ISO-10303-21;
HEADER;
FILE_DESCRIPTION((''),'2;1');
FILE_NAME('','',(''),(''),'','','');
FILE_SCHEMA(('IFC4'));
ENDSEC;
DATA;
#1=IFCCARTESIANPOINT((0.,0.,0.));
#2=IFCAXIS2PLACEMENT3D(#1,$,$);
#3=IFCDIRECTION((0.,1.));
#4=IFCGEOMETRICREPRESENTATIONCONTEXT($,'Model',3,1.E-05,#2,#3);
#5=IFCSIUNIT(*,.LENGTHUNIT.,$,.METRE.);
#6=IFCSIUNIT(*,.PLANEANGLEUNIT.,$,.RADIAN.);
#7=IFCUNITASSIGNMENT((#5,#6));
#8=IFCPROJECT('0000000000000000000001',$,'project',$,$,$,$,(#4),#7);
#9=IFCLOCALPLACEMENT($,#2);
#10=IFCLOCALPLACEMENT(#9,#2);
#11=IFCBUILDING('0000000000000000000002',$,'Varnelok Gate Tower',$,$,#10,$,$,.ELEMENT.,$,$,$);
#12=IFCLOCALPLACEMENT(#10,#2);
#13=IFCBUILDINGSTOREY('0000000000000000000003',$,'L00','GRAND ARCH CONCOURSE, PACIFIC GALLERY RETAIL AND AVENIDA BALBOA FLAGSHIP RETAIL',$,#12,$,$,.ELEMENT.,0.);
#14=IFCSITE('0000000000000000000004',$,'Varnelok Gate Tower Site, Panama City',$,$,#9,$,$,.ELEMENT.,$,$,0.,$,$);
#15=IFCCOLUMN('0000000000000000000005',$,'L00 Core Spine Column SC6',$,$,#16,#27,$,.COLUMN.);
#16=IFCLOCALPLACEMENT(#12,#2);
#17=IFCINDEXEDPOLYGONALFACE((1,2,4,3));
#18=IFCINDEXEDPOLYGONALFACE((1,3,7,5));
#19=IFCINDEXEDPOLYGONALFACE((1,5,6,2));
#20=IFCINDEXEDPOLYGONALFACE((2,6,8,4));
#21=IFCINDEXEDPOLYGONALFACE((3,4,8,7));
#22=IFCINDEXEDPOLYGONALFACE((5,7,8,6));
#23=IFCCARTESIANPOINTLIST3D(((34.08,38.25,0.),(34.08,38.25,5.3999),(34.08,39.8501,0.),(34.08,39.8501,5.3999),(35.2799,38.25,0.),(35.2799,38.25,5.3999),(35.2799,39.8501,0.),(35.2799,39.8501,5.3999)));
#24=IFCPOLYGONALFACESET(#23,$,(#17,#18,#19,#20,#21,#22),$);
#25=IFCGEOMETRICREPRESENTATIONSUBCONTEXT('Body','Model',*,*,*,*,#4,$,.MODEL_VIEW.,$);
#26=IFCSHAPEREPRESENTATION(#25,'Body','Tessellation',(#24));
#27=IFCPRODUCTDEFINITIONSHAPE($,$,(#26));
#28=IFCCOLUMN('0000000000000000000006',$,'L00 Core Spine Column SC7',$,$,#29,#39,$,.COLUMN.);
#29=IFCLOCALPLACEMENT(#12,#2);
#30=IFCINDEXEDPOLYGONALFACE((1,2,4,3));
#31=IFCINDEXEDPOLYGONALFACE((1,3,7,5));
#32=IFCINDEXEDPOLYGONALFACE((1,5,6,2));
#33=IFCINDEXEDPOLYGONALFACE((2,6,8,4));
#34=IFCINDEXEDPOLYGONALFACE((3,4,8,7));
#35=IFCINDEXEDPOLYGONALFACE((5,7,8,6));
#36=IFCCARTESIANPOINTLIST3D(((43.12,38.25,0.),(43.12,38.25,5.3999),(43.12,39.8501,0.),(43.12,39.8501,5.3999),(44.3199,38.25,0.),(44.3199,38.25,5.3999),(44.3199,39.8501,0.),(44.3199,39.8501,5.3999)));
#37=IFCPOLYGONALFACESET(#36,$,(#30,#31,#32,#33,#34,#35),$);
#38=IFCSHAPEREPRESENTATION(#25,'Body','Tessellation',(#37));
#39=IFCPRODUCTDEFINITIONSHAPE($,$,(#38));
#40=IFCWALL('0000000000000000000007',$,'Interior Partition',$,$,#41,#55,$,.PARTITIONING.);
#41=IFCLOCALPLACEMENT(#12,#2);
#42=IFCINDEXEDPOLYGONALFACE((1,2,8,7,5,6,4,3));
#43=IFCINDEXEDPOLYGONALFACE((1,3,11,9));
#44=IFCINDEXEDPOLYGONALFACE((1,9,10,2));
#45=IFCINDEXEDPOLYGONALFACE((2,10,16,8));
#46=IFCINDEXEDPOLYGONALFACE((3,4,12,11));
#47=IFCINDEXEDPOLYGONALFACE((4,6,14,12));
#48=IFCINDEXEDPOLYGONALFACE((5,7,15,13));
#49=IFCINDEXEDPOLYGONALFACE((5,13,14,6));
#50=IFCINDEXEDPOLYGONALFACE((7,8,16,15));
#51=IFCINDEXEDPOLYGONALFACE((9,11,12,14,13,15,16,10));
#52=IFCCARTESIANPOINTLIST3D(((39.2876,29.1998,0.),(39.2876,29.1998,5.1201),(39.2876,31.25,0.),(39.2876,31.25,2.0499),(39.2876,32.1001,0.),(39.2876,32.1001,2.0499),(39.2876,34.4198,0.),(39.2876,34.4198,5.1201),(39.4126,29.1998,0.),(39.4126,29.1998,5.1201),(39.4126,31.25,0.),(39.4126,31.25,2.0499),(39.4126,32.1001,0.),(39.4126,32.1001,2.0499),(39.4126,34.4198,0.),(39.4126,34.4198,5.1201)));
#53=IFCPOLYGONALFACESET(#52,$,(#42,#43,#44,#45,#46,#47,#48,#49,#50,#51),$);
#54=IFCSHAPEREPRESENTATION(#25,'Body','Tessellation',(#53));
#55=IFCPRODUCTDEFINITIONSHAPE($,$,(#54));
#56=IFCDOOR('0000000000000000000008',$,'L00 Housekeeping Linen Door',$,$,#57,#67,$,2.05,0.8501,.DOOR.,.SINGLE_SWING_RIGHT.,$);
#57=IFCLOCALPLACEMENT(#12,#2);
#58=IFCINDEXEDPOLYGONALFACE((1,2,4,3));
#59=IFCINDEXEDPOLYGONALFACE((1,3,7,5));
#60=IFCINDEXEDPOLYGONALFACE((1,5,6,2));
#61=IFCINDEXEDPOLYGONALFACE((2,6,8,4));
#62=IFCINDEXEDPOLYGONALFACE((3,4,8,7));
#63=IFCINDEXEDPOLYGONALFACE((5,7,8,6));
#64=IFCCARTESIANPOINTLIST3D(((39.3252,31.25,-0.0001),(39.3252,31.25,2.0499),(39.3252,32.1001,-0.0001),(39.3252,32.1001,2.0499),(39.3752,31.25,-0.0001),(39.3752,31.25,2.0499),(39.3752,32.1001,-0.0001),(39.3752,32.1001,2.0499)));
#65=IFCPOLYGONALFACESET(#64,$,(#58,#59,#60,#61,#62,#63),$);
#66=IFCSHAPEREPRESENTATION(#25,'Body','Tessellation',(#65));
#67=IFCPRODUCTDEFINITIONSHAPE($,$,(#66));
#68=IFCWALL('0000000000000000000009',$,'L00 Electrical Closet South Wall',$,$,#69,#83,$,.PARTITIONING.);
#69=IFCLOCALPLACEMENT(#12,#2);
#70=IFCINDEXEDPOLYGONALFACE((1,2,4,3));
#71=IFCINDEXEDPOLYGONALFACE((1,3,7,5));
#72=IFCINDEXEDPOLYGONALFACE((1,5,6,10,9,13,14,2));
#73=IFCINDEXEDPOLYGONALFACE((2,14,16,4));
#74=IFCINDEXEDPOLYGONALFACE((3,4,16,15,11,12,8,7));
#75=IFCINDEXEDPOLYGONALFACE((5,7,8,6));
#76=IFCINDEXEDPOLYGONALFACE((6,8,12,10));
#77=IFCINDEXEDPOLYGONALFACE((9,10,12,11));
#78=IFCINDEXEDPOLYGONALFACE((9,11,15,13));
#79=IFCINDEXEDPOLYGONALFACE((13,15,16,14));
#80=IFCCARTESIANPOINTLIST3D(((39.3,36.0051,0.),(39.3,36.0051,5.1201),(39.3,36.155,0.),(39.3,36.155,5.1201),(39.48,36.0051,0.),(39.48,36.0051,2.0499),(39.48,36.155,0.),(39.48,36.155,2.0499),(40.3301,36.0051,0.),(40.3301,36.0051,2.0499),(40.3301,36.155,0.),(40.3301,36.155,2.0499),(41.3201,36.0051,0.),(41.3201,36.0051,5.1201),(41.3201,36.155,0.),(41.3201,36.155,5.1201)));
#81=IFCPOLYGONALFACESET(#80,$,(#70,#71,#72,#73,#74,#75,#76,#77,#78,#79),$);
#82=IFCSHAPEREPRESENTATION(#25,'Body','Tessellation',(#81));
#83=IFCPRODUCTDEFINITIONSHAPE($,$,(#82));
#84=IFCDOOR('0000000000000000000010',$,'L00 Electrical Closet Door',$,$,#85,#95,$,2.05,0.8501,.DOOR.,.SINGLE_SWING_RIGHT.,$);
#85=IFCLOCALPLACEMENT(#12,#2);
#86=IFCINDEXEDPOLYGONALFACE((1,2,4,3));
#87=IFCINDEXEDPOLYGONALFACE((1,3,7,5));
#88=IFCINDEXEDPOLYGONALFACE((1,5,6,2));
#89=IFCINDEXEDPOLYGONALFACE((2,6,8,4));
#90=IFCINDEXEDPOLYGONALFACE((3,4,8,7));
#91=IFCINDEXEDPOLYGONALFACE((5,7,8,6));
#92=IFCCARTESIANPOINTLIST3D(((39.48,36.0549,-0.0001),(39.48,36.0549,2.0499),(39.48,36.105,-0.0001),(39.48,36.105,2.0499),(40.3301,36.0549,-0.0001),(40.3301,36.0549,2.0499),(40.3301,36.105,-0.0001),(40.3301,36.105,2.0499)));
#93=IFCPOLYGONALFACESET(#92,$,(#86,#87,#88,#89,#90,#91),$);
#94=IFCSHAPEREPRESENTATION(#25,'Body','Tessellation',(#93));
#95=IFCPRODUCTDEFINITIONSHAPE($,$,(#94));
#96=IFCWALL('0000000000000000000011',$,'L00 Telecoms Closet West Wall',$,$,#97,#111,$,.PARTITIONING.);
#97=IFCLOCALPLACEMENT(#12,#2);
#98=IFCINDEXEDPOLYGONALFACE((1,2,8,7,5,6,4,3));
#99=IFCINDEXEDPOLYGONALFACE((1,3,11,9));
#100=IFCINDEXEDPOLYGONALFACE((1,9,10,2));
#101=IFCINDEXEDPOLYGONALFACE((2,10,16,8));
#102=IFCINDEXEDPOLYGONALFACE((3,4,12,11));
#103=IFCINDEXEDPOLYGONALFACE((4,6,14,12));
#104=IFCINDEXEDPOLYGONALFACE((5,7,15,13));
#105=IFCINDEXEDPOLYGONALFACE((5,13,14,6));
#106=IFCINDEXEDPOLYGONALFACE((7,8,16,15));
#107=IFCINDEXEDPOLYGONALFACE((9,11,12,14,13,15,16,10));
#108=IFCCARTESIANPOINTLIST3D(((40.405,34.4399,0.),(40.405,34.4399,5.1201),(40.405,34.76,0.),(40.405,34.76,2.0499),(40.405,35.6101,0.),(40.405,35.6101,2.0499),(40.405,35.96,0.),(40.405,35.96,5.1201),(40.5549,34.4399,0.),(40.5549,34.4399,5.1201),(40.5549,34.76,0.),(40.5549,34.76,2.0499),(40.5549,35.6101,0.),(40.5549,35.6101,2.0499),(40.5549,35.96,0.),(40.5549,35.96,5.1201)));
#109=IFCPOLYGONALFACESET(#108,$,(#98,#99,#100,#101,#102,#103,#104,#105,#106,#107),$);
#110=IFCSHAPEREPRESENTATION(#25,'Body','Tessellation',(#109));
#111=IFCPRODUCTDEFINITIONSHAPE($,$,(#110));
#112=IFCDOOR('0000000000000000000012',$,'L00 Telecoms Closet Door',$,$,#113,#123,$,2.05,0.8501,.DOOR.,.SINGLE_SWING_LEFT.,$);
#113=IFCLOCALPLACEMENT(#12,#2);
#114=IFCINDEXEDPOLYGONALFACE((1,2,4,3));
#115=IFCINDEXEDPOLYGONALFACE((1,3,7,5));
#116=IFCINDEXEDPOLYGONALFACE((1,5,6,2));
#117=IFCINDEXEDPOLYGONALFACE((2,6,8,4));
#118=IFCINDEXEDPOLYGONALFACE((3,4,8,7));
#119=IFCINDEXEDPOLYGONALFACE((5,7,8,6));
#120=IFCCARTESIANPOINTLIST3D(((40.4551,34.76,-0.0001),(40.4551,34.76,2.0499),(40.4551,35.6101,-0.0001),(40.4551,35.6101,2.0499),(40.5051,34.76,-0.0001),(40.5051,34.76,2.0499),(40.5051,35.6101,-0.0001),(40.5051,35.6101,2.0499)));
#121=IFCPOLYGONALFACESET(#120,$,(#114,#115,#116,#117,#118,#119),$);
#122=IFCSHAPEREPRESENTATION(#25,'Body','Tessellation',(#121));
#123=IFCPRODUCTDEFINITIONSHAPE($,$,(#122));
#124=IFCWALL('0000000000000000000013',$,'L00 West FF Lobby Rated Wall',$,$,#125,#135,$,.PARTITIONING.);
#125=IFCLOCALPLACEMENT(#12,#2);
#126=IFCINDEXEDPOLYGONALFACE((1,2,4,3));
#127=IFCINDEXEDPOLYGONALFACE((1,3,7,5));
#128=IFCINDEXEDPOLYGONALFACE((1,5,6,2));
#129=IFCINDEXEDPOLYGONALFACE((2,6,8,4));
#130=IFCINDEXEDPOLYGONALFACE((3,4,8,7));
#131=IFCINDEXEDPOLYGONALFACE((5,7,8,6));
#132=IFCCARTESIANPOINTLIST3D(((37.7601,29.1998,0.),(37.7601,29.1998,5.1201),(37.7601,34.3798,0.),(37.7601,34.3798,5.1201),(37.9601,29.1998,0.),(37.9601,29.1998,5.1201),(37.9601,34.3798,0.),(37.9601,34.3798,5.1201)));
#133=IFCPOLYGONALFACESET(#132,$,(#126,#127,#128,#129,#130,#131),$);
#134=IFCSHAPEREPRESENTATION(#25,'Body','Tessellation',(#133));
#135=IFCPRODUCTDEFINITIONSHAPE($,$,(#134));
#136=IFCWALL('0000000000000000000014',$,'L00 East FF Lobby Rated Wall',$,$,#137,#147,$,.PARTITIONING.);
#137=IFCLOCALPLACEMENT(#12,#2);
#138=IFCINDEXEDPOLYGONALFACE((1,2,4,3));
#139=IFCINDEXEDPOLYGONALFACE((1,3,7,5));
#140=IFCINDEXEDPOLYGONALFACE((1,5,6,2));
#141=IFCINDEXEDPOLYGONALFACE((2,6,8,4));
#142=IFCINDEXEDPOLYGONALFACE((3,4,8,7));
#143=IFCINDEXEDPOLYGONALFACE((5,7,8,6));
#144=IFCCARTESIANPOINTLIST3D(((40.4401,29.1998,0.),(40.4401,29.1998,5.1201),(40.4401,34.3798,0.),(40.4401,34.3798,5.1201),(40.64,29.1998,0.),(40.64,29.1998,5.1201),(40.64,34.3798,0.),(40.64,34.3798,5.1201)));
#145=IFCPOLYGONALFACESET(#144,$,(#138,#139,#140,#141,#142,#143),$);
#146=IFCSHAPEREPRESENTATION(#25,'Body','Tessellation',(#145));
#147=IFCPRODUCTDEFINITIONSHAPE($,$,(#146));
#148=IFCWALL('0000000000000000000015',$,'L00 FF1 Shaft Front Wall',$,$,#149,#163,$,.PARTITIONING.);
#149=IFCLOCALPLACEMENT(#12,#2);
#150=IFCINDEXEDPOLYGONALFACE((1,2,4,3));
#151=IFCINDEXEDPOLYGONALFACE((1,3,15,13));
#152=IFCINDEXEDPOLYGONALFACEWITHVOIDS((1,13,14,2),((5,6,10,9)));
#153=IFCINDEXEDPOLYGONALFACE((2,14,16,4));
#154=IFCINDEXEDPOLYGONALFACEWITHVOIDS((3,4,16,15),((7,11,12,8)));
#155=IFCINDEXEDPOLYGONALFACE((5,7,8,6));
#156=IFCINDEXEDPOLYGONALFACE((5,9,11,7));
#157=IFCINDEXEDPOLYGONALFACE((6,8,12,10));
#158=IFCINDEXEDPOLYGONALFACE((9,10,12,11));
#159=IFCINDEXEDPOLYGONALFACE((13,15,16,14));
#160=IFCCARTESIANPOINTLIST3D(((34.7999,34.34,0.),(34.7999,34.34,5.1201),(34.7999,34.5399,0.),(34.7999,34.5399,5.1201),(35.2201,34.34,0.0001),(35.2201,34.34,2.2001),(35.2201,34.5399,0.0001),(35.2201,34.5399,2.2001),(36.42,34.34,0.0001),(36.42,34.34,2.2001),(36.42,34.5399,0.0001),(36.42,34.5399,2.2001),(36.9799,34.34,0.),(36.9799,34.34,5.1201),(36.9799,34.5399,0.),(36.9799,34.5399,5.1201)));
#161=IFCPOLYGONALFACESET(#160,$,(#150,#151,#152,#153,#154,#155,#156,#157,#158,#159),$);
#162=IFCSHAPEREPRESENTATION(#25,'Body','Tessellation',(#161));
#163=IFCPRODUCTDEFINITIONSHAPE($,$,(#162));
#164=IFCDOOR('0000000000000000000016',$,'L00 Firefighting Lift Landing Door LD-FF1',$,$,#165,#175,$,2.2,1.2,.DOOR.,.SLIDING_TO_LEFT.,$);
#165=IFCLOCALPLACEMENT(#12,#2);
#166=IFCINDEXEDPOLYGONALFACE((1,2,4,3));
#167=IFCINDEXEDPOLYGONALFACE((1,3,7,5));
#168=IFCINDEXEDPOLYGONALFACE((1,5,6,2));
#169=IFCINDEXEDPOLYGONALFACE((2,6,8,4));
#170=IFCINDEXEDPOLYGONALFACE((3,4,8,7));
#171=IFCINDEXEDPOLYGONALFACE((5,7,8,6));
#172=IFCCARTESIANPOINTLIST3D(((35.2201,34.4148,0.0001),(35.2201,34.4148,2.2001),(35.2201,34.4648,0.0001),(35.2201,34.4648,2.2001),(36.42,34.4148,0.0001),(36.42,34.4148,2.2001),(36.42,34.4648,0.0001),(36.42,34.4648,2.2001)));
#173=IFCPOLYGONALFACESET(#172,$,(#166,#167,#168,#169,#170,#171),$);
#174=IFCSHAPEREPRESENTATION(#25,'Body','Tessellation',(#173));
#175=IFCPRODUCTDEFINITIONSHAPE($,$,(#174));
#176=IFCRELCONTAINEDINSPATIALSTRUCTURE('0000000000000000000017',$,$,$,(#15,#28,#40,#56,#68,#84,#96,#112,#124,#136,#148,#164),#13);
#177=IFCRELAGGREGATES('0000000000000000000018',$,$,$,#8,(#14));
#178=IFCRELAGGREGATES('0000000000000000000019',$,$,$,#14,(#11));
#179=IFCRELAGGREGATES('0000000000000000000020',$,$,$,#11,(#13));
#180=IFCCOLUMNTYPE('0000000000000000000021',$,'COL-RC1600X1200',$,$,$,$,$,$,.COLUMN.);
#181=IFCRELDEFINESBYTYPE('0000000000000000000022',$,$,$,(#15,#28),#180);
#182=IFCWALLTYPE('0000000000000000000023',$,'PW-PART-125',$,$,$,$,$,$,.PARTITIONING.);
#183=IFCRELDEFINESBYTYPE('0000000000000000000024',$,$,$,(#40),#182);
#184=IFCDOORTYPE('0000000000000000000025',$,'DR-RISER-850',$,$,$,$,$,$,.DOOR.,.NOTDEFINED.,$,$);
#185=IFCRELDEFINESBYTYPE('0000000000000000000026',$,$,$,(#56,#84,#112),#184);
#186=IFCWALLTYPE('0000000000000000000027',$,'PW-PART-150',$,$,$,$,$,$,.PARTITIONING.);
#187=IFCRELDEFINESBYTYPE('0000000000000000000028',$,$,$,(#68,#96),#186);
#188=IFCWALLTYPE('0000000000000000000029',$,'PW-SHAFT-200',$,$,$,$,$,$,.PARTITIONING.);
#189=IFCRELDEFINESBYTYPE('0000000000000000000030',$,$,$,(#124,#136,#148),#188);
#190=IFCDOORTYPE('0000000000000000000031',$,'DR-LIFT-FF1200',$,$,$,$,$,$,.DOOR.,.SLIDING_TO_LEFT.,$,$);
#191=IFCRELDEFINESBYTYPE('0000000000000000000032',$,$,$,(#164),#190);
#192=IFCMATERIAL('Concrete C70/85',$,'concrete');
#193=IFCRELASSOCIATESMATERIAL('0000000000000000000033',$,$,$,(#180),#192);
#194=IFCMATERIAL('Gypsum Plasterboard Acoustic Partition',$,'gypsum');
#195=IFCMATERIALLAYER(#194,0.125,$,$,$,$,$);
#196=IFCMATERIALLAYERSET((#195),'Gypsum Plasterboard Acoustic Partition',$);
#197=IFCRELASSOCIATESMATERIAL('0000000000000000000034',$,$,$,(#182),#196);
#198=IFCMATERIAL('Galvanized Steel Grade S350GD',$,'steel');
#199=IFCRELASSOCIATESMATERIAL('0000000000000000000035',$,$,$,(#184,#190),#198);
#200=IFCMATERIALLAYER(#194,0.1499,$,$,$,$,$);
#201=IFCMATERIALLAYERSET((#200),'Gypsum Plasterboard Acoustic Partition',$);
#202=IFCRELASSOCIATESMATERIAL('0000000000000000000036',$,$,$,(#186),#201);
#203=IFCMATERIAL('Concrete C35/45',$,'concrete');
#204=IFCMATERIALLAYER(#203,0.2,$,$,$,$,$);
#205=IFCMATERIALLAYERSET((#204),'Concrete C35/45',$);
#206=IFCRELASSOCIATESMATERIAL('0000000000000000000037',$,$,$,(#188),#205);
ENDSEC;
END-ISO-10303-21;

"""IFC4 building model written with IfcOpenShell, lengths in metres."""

from ifc_helpers import new_model, si_unit, direction, frame, frame_2d, origin, origin_2d, place, context, subcontext, project, spatial, rectangle, extrude, material, layer, layer_set, material_profile, profile_set, type_object, element, fill, save


model = new_model("IFC4")

# Units and contexts
model_context = context("Model", 3, precision=1e-05, world=origin(), true_north=direction((0.0, 1.0)))
body_context = subcontext(model_context, "Body", "Model", "MODEL_VIEW")
ifc_project = project(units=[si_unit("LENGTHUNIT", "METRE"), si_unit("PLANEANGLEUNIT", "RADIAN")], contexts=[model_context])

# Site, building, storey
site_placement = place(None, origin())
site = spatial("IfcSite", under=ifc_project, at=site_placement, Name="Varnelok Gate Tower Site, Panama City", CompositionType="ELEMENT", RefElevation=0.0)
building_placement = place(site_placement, origin())
building = spatial("IfcBuilding", under=site, at=building_placement, Name="Varnelok Gate Tower", CompositionType="ELEMENT")
storey_placement = place(building_placement, origin())
storey = spatial("IfcBuildingStorey", under=building, at=storey_placement, Name="L00", Description="GRAND ARCH CONCOURSE, PACIFIC GALLERY RETAIL AND AVENIDA BALBOA FLAGSHIP RETAIL", CompositionType="ELEMENT", Elevation=0.0)

# Columns
ifc_material_1 = material(Name="Concrete C70/85", Category="concrete")
ifc_material_profile = material_profile(ifc_material_1, rectangle(XDim=1.2, YDim=1.6001, at=origin_2d()), Name="RC1600X1200")
ifc_profile_set = profile_set([ifc_material_profile], Name="Concrete C70/85")
column_type = type_object("IfcColumnType", Name="COL-RC1600X1200", PredefinedType="COLUMN", material=ifc_profile_set)
for number, where, z_axis, x_axis, name in (
    (1, (34.6799, 39.05, 0.0), (0.0, 0.0, 1.0), (1.0, 0.0, 0.0), "L00 Core Spine Column SC6"),
    (2, (43.72, 39.05, 0.0), (0.0, 0.0, 1.0), (1.0, 0.0, 0.0), "L00 Core Spine Column SC7"),
):
    element("IfcColumn", number, at=place(storey_placement, frame(where, z_axis=z_axis, x_axis=x_axis)), inside=storey, type_object=column_type, Name=name, PredefinedType="COLUMN", context=body_context, shape_type="SweptSolid", body=[
        extrude(rectangle(XDim=1.2, YDim=1.6001, at=origin_2d()), origin(), (0.0, 0.0, 1.0), 5.3999),
    ])

# Walls, openings, doors
ifc_material_2 = material(Name="Gypsum Plasterboard Acoustic Partition", Category="gypsum")
ifc_layer_1 = layer(ifc_material_2, 0.125)
ifc_layer_set_1 = layer_set([ifc_layer_1], Name="Gypsum Plasterboard Acoustic Partition")
wall_type_1 = type_object("IfcWallType", Name="PW-PART-125", PredefinedType="PARTITIONING", material=ifc_layer_set_1)
wall_1_placement = place(storey_placement, frame((39.3501, 29.2, 0.0), z_axis=(0.0, 0.0, 1.0), x_axis=(0.0, 1.0, 0.0)))
wall_1 = element("IfcWall", 3, at=wall_1_placement, inside=storey, type_object=wall_type_1, Name="Interior Partition", PredefinedType="PARTITIONING", context=body_context, shape_type="SweptSolid", body=[
    extrude(rectangle(XDim=5.22, YDim=0.125, at=frame_2d((2.6099, 0.0))), origin(), (0.0, 0.0, 1.0), 5.1201),
])
opening_1_placement = place(wall_1_placement, frame((2.05, 0.0, 0.0)))
opening_1 = element("IfcOpeningElement", 4, at=opening_1_placement, cuts=wall_1, PredefinedType="OPENING", context=body_context, shape_type="SweptSolid", body=[
    extrude(rectangle(XDim=0.8501, YDim=2.05, at=frame_2d((0.425, 1.0249))), frame((0.0, 0.0725, 0.0), z_axis=(0.0, -1.0, 0.0), x_axis=(1.0, 0.0, 0.0)), (0.0, 0.0, 1.0), 0.145),
])
ifc_material_3 = material(Name="Galvanized Steel Grade S350GD", Category="steel")
door_type_1 = type_object("IfcDoorType", Name="DR-RISER-850", OperationType="NOTDEFINED", PredefinedType="DOOR", material=ifc_material_3)
door_1_placement = place(opening_1_placement, origin())
door_1 = element("IfcDoor", 5, at=door_1_placement, inside=storey, type_object=door_type_1, Name="L00 Housekeeping Linen Door", OperationType="SINGLE_SWING_RIGHT", OverallHeight=2.05, OverallWidth=0.8501, PredefinedType="DOOR", context=body_context, shape_type="SweptSolid", body=[
    extrude(rectangle(XDim=0.8501, YDim=2.05, at=frame_2d((0.425, 1.0249))), frame((0.0, 0.0249, 0.0), z_axis=(0.0, -1.0, 0.0), x_axis=(1.0, 0.0, 0.0)), (0.0, 0.0, 1.0), 0.05),
])
fill(opening_1, door_1)
ifc_layer_2 = layer(ifc_material_2, 0.1499)
ifc_layer_set_2 = layer_set([ifc_layer_2], Name="Gypsum Plasterboard Acoustic Partition")
wall_type_2 = type_object("IfcWallType", Name="PW-PART-150", PredefinedType="PARTITIONING", material=ifc_layer_set_2)
wall_2_placement = place(storey_placement, frame((39.3, 36.0801, 0.0), z_axis=(0.0, 0.0, 1.0), x_axis=(1.0, 0.0, 0.0)))
wall_2 = element("IfcWall", 6, at=wall_2_placement, inside=storey, type_object=wall_type_2, Name="L00 Electrical Closet South Wall", PredefinedType="PARTITIONING", context=body_context, shape_type="SweptSolid", body=[
    extrude(rectangle(XDim=2.02, YDim=0.1499, at=frame_2d((1.01, 0.0))), origin(), (0.0, 0.0, 1.0), 5.1201),
])
opening_2_placement = place(wall_2_placement, frame((0.1799, 0.0, 0.0)))
opening_2 = element("IfcOpeningElement", 7, at=opening_2_placement, cuts=wall_2, PredefinedType="OPENING", context=body_context, shape_type="SweptSolid", body=[
    extrude(rectangle(XDim=0.8501, YDim=2.05, at=frame_2d((0.425, 1.0249))), frame((0.0, 0.085, 0.0), z_axis=(0.0, -1.0, 0.0), x_axis=(1.0, 0.0, 0.0)), (0.0, 0.0, 1.0), 0.1699),
])
door_2_placement = place(opening_2_placement, origin())
door_2 = element("IfcDoor", 8, at=door_2_placement, inside=storey, type_object=door_type_1, Name="L00 Electrical Closet Door", OperationType="SINGLE_SWING_RIGHT", OverallHeight=2.05, OverallWidth=0.8501, PredefinedType="DOOR", context=body_context, shape_type="SweptSolid", body=[
    extrude(rectangle(XDim=0.8501, YDim=2.05, at=frame_2d((0.425, 1.0249))), frame((0.0, 0.0249, 0.0), z_axis=(0.0, -1.0, 0.0), x_axis=(1.0, 0.0, 0.0)), (0.0, 0.0, 1.0), 0.05),
])
fill(opening_2, door_2)
wall_3_placement = place(storey_placement, frame((40.48, 34.4399, 0.0), z_axis=(0.0, 0.0, 1.0), x_axis=(0.0, 1.0, 0.0)))
wall_3 = element("IfcWall", 9, at=wall_3_placement, inside=storey, type_object=wall_type_2, Name="L00 Telecoms Closet West Wall", PredefinedType="PARTITIONING", context=body_context, shape_type="SweptSolid", body=[
    extrude(rectangle(XDim=1.52, YDim=0.1499, at=frame_2d((0.76, 0.0))), origin(), (0.0, 0.0, 1.0), 5.1201),
])
opening_3_placement = place(wall_3_placement, frame((0.3201, 0.0, 0.0)))
opening_3 = element("IfcOpeningElement", 10, at=opening_3_placement, cuts=wall_3, PredefinedType="OPENING", context=body_context, shape_type="SweptSolid", body=[
    extrude(rectangle(XDim=0.8501, YDim=2.05, at=frame_2d((0.425, 1.0249))), frame((0.0, 0.085, 0.0), z_axis=(0.0, -1.0, 0.0), x_axis=(1.0, 0.0, 0.0)), (0.0, 0.0, 1.0), 0.1699),
])
door_3_placement = place(opening_3_placement, origin())
door_3 = element("IfcDoor", 11, at=door_3_placement, inside=storey, type_object=door_type_1, Name="L00 Telecoms Closet Door", OperationType="SINGLE_SWING_LEFT", OverallHeight=2.05, OverallWidth=0.8501, PredefinedType="DOOR", context=body_context, shape_type="SweptSolid", body=[
    extrude(rectangle(XDim=0.8501, YDim=2.05, at=frame_2d((0.425, 1.0249))), frame((0.0, 0.0249, 0.0), z_axis=(0.0, -1.0, 0.0), x_axis=(1.0, 0.0, 0.0)), (0.0, 0.0, 1.0), 0.05),
])
fill(opening_3, door_3)

# Walls
ifc_material_4 = material(Name="Concrete C35/45", Category="concrete")
ifc_layer_3 = layer(ifc_material_4, 0.2)
ifc_layer_set_3 = layer_set([ifc_layer_3], Name="Concrete C35/45")
wall_type_3 = type_object("IfcWallType", Name="PW-SHAFT-200", PredefinedType="PARTITIONING", material=ifc_layer_set_3)
for number, where, z_axis, x_axis, name in (
    (12, (37.8601, 29.2, 0.0), (0.0, 0.0, 1.0), (0.0, 1.0, 0.0), "L00 West FF Lobby Rated Wall"),
    (13, (40.54, 29.2, 0.0), (0.0, 0.0, 1.0), (0.0, 1.0, 0.0), "L00 East FF Lobby Rated Wall"),
):
    element("IfcWall", number, at=place(storey_placement, frame(where, z_axis=z_axis, x_axis=x_axis)), inside=storey, type_object=wall_type_3, Name=name, PredefinedType="PARTITIONING", context=body_context, shape_type="SweptSolid", body=[
        extrude(rectangle(XDim=5.1799, YDim=0.2, at=frame_2d((2.5898, 0.0))), origin(), (0.0, 0.0, 1.0), 5.1201),
    ])

# Wall, opening, door
wall_4_placement = place(storey_placement, frame((34.8, 34.4399, 0.0), z_axis=(0.0, 0.0, 1.0), x_axis=(1.0, 0.0, 0.0)))
wall_4 = element("IfcWall", 14, at=wall_4_placement, inside=storey, type_object=wall_type_3, Name="L00 FF1 Shaft Front Wall", PredefinedType="PARTITIONING", context=body_context, shape_type="SweptSolid", body=[
    extrude(rectangle(XDim=2.1799, YDim=0.2, at=frame_2d((1.0898, 0.0))), origin(), (0.0, 0.0, 1.0), 5.1201),
])
opening_4_placement = place(wall_4_placement, frame((0.4199, 0.0, 0.0)))
opening_4 = element("IfcOpeningElement", 15, at=opening_4_placement, cuts=wall_4, PredefinedType="OPENING", context=body_context, shape_type="SweptSolid", body=[
    extrude(rectangle(XDim=1.2, YDim=2.2, at=frame_2d((0.6001, 1.1001))), frame((0.0, 0.1099, 0.0), z_axis=(0.0, -1.0, 0.0), x_axis=(1.0, 0.0, 0.0)), (0.0, 0.0, 1.0), 0.22),
])
door_type_2 = type_object("IfcDoorType", Name="DR-LIFT-FF1200", OperationType="SLIDING_TO_LEFT", PredefinedType="DOOR", material=ifc_material_3)
door_4_placement = place(opening_4_placement, origin())
door_4 = element("IfcDoor", 16, at=door_4_placement, inside=storey, type_object=door_type_2, Name="L00 Firefighting Lift Landing Door LD-FF1", OperationType="SLIDING_TO_LEFT", OverallHeight=2.2, OverallWidth=1.2, PredefinedType="DOOR", context=body_context, shape_type="SweptSolid", body=[
    extrude(rectangle(XDim=1.2, YDim=2.2, at=frame_2d((0.6001, 1.1001))), frame((0.0, 0.0249, 0.0), z_axis=(0.0, -1.0, 0.0), x_axis=(1.0, 0.0, 0.0)), (0.0, 0.0, 1.0), 0.05),
])
fill(opening_4, door_4)

save(model, "model.ifc")
